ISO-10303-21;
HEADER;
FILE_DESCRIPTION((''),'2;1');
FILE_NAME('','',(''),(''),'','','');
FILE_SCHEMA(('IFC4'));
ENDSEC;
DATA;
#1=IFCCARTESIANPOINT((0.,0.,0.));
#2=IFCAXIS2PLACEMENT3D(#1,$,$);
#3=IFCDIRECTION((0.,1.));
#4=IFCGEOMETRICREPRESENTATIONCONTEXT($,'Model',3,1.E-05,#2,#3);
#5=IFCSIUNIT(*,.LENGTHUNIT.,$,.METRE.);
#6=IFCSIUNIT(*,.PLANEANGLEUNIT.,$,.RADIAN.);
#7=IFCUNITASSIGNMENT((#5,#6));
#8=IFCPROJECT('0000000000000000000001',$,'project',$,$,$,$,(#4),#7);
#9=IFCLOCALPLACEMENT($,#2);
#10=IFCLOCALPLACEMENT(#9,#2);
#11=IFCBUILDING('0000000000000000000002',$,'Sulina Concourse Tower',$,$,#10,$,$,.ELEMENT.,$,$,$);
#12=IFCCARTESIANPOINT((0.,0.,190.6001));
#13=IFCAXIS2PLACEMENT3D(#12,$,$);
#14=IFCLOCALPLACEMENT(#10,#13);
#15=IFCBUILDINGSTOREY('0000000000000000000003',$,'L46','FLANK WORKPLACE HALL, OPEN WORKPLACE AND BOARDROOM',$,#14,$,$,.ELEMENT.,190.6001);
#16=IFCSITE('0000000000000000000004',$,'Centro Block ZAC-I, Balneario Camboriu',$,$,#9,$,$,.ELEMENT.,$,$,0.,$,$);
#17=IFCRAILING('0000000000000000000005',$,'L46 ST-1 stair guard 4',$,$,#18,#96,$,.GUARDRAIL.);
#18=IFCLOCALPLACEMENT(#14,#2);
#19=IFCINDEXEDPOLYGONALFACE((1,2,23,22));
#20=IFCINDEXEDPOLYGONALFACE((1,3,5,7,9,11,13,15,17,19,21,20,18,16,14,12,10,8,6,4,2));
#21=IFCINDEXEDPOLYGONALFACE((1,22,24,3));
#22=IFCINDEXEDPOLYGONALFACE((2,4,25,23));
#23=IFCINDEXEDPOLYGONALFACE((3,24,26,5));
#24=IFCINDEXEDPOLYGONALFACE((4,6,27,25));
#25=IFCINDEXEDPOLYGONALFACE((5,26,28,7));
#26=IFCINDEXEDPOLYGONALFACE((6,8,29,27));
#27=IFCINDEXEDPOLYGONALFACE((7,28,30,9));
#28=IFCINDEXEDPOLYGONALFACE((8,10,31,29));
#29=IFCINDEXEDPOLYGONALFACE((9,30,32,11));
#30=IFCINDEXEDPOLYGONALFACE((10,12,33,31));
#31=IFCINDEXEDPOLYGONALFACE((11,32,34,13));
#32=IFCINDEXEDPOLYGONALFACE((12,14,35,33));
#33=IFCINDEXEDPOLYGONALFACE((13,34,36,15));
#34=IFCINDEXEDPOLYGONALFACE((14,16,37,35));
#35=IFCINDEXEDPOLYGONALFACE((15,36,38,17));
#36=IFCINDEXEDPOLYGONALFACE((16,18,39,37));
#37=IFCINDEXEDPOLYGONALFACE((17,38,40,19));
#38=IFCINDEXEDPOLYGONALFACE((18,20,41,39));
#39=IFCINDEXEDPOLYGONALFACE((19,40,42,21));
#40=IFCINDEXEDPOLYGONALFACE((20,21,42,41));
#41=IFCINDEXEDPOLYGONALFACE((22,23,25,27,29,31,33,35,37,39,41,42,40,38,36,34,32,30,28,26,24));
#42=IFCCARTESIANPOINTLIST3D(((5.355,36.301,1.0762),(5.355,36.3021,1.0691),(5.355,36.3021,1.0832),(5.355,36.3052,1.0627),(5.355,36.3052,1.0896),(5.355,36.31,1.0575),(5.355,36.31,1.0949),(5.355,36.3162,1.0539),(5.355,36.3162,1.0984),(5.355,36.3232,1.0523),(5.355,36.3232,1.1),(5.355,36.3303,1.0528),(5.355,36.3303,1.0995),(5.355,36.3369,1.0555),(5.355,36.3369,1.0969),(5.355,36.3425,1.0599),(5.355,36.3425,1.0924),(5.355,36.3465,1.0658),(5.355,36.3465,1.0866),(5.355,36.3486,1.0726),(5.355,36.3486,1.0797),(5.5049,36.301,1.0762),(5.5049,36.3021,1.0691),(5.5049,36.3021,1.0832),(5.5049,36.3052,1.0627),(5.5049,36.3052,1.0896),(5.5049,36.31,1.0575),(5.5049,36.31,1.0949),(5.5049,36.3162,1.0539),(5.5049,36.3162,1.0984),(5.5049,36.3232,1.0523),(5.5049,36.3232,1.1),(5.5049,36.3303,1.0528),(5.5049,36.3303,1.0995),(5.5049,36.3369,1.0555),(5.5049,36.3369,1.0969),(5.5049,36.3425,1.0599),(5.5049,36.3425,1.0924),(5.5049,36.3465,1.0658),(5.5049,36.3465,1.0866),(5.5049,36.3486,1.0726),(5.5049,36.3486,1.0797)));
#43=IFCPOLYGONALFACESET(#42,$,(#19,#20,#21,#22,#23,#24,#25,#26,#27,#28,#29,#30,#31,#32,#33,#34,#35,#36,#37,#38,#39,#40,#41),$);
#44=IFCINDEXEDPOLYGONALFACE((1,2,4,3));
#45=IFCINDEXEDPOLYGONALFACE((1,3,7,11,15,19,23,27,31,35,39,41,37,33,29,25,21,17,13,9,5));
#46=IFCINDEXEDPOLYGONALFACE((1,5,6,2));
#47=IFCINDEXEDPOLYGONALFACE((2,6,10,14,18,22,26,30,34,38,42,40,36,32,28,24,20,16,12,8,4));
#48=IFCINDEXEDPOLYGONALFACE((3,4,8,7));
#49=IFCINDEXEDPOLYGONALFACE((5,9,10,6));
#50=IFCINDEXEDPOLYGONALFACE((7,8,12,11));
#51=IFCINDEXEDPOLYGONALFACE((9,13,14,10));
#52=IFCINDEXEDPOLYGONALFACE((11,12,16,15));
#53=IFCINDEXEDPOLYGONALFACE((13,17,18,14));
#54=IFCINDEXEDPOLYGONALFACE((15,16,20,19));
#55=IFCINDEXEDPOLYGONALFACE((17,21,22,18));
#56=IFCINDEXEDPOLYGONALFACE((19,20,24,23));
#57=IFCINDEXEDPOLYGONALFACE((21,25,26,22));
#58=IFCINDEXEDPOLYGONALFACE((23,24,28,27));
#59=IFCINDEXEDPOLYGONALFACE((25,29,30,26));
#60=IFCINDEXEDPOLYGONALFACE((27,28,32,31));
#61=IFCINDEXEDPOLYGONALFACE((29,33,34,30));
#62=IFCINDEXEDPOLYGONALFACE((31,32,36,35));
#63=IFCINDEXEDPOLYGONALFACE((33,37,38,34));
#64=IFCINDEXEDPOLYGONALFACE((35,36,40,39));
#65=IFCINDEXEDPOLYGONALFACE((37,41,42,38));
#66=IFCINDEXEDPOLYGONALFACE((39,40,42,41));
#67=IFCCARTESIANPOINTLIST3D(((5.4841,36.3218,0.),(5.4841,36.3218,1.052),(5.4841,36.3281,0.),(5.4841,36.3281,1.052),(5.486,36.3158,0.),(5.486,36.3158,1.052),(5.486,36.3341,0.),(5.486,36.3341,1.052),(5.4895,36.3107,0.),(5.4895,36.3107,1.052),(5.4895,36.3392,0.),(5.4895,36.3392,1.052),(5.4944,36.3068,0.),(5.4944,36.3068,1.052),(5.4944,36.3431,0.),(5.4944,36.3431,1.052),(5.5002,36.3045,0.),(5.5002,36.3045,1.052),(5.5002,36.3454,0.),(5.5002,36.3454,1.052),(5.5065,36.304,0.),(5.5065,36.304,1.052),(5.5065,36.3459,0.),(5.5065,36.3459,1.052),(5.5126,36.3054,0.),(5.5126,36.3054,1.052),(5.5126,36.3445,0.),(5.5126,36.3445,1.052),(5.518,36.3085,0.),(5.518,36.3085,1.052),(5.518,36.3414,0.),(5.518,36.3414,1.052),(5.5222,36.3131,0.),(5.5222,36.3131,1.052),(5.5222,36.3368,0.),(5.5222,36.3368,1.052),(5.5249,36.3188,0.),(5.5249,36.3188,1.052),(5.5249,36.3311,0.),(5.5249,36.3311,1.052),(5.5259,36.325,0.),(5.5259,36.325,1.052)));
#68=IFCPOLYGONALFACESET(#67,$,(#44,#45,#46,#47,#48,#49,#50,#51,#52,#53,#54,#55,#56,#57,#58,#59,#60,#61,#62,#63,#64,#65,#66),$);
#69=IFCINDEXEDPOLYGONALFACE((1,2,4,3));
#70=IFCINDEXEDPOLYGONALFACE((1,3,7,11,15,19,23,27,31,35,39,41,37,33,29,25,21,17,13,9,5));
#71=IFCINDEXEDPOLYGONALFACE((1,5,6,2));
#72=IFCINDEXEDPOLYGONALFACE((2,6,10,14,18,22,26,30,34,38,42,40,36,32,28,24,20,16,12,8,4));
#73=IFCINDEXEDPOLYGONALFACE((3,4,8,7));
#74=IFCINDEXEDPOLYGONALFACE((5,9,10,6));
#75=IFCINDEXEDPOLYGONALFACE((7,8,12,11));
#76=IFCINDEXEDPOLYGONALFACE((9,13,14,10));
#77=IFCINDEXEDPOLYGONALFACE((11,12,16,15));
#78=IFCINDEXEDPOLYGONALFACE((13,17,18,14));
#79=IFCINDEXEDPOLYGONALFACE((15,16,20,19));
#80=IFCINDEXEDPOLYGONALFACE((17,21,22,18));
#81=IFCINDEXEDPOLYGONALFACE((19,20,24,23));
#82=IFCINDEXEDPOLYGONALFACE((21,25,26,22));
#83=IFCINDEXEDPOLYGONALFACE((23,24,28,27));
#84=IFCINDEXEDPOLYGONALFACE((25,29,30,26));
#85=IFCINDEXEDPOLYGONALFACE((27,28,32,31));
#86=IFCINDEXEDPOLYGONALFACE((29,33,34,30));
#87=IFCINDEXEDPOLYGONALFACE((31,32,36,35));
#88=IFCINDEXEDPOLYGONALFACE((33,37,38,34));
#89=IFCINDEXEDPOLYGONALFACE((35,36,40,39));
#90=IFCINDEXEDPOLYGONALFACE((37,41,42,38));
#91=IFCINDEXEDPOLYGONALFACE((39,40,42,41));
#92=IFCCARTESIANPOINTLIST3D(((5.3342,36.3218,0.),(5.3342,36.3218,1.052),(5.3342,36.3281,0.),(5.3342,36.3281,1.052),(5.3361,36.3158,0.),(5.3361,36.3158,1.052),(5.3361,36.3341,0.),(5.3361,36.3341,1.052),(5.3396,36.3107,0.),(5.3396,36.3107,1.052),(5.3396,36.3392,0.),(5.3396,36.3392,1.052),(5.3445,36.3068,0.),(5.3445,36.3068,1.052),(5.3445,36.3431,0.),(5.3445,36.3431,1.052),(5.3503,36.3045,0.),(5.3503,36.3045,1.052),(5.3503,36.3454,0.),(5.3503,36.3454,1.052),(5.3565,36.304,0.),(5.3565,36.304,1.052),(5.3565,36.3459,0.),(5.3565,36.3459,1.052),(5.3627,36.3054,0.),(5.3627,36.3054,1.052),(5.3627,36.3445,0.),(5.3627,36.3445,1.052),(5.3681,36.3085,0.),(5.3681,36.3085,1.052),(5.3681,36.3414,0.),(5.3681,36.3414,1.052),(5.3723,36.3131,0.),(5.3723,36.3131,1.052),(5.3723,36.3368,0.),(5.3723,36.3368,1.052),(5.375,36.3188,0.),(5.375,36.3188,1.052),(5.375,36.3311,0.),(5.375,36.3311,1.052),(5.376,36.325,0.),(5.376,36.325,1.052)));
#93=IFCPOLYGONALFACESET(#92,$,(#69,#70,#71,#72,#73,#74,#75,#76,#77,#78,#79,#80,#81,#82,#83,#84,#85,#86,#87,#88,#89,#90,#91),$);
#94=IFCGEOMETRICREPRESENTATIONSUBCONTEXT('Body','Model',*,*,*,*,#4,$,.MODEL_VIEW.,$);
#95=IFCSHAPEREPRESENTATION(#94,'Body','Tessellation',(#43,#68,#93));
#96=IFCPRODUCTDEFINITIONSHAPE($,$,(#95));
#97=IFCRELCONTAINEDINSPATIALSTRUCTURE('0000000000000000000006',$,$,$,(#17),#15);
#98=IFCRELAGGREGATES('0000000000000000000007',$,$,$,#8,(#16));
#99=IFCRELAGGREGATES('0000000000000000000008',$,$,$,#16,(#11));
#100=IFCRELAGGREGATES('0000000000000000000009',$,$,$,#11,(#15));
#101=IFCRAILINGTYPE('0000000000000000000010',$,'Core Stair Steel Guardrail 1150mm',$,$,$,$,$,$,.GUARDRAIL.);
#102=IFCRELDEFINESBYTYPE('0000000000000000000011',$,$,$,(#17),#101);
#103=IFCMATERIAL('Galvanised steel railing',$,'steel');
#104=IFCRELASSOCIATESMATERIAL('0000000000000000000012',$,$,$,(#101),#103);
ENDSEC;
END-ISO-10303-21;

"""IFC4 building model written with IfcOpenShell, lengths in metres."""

from ifc_helpers import new_model, si_unit, direction, frame, origin, origin_2d, place, context, subcontext, project, spatial, circle, extrude, material, type_object, element, save


model = new_model("IFC4")

# Units and contexts
model_context = context("Model", 3, precision=1e-05, world=origin(), true_north=direction((0.0, 1.0)))
body_context = subcontext(model_context, "Body", "Model", "MODEL_VIEW")
ifc_project = project(units=[si_unit("LENGTHUNIT", "METRE"), si_unit("PLANEANGLEUNIT", "RADIAN")], contexts=[model_context])

# Site, building, storey
site_placement = place(None, origin())
site = spatial("IfcSite", under=ifc_project, at=site_placement, Name="Centro Block ZAC-I, Balneario Camboriu", CompositionType="ELEMENT", RefElevation=0.0)
building_placement = place(site_placement, origin())
building = spatial("IfcBuilding", under=site, at=building_placement, Name="Sulina Concourse Tower", CompositionType="ELEMENT")
storey_placement = place(building_placement, frame((0.0, 0.0, 190.6001)))
storey = spatial("IfcBuildingStorey", under=building, at=storey_placement, Name="L46", Description="FLANK WORKPLACE HALL, OPEN WORKPLACE AND BOARDROOM", CompositionType="ELEMENT", Elevation=190.6001)

# Railing
ifc_material_1 = material(Name="Galvanised steel railing", Category="steel")
railing_type_1 = type_object("IfcRailingType", Name="Core Stair Steel Guardrail 1150mm", PredefinedType="GUARDRAIL", material=ifc_material_1)
railing_1_placement = place(storey_placement, frame((5.5049, 36.325, 0.0)))
element("IfcRailing", 1, at=railing_1_placement, inside=storey, type_object=railing_type_1, Name="L46 ST-1 stair guard 4", PredefinedType="GUARDRAIL", context=body_context, shape_type="SweptSolid", body=[
    extrude(circle(Radius=0.0239, at=origin_2d()), frame((0.0, 0.0, 1.0762), z_axis=(-1.0, 0.0, 0.0), x_axis=(0.0, -1.0, 0.0)), (0.0, 0.0, 1.0), 0.1499),
    extrude(circle(Radius=0.021, at=origin_2d()), origin(), (0.0, 0.0, 1.0), 1.052),
    extrude(circle(Radius=0.021, at=origin_2d()), frame((-0.1499, 0.0, 0.0)), (0.0, 0.0, 1.0), 1.052),
])

save(model, "model.ifc")
